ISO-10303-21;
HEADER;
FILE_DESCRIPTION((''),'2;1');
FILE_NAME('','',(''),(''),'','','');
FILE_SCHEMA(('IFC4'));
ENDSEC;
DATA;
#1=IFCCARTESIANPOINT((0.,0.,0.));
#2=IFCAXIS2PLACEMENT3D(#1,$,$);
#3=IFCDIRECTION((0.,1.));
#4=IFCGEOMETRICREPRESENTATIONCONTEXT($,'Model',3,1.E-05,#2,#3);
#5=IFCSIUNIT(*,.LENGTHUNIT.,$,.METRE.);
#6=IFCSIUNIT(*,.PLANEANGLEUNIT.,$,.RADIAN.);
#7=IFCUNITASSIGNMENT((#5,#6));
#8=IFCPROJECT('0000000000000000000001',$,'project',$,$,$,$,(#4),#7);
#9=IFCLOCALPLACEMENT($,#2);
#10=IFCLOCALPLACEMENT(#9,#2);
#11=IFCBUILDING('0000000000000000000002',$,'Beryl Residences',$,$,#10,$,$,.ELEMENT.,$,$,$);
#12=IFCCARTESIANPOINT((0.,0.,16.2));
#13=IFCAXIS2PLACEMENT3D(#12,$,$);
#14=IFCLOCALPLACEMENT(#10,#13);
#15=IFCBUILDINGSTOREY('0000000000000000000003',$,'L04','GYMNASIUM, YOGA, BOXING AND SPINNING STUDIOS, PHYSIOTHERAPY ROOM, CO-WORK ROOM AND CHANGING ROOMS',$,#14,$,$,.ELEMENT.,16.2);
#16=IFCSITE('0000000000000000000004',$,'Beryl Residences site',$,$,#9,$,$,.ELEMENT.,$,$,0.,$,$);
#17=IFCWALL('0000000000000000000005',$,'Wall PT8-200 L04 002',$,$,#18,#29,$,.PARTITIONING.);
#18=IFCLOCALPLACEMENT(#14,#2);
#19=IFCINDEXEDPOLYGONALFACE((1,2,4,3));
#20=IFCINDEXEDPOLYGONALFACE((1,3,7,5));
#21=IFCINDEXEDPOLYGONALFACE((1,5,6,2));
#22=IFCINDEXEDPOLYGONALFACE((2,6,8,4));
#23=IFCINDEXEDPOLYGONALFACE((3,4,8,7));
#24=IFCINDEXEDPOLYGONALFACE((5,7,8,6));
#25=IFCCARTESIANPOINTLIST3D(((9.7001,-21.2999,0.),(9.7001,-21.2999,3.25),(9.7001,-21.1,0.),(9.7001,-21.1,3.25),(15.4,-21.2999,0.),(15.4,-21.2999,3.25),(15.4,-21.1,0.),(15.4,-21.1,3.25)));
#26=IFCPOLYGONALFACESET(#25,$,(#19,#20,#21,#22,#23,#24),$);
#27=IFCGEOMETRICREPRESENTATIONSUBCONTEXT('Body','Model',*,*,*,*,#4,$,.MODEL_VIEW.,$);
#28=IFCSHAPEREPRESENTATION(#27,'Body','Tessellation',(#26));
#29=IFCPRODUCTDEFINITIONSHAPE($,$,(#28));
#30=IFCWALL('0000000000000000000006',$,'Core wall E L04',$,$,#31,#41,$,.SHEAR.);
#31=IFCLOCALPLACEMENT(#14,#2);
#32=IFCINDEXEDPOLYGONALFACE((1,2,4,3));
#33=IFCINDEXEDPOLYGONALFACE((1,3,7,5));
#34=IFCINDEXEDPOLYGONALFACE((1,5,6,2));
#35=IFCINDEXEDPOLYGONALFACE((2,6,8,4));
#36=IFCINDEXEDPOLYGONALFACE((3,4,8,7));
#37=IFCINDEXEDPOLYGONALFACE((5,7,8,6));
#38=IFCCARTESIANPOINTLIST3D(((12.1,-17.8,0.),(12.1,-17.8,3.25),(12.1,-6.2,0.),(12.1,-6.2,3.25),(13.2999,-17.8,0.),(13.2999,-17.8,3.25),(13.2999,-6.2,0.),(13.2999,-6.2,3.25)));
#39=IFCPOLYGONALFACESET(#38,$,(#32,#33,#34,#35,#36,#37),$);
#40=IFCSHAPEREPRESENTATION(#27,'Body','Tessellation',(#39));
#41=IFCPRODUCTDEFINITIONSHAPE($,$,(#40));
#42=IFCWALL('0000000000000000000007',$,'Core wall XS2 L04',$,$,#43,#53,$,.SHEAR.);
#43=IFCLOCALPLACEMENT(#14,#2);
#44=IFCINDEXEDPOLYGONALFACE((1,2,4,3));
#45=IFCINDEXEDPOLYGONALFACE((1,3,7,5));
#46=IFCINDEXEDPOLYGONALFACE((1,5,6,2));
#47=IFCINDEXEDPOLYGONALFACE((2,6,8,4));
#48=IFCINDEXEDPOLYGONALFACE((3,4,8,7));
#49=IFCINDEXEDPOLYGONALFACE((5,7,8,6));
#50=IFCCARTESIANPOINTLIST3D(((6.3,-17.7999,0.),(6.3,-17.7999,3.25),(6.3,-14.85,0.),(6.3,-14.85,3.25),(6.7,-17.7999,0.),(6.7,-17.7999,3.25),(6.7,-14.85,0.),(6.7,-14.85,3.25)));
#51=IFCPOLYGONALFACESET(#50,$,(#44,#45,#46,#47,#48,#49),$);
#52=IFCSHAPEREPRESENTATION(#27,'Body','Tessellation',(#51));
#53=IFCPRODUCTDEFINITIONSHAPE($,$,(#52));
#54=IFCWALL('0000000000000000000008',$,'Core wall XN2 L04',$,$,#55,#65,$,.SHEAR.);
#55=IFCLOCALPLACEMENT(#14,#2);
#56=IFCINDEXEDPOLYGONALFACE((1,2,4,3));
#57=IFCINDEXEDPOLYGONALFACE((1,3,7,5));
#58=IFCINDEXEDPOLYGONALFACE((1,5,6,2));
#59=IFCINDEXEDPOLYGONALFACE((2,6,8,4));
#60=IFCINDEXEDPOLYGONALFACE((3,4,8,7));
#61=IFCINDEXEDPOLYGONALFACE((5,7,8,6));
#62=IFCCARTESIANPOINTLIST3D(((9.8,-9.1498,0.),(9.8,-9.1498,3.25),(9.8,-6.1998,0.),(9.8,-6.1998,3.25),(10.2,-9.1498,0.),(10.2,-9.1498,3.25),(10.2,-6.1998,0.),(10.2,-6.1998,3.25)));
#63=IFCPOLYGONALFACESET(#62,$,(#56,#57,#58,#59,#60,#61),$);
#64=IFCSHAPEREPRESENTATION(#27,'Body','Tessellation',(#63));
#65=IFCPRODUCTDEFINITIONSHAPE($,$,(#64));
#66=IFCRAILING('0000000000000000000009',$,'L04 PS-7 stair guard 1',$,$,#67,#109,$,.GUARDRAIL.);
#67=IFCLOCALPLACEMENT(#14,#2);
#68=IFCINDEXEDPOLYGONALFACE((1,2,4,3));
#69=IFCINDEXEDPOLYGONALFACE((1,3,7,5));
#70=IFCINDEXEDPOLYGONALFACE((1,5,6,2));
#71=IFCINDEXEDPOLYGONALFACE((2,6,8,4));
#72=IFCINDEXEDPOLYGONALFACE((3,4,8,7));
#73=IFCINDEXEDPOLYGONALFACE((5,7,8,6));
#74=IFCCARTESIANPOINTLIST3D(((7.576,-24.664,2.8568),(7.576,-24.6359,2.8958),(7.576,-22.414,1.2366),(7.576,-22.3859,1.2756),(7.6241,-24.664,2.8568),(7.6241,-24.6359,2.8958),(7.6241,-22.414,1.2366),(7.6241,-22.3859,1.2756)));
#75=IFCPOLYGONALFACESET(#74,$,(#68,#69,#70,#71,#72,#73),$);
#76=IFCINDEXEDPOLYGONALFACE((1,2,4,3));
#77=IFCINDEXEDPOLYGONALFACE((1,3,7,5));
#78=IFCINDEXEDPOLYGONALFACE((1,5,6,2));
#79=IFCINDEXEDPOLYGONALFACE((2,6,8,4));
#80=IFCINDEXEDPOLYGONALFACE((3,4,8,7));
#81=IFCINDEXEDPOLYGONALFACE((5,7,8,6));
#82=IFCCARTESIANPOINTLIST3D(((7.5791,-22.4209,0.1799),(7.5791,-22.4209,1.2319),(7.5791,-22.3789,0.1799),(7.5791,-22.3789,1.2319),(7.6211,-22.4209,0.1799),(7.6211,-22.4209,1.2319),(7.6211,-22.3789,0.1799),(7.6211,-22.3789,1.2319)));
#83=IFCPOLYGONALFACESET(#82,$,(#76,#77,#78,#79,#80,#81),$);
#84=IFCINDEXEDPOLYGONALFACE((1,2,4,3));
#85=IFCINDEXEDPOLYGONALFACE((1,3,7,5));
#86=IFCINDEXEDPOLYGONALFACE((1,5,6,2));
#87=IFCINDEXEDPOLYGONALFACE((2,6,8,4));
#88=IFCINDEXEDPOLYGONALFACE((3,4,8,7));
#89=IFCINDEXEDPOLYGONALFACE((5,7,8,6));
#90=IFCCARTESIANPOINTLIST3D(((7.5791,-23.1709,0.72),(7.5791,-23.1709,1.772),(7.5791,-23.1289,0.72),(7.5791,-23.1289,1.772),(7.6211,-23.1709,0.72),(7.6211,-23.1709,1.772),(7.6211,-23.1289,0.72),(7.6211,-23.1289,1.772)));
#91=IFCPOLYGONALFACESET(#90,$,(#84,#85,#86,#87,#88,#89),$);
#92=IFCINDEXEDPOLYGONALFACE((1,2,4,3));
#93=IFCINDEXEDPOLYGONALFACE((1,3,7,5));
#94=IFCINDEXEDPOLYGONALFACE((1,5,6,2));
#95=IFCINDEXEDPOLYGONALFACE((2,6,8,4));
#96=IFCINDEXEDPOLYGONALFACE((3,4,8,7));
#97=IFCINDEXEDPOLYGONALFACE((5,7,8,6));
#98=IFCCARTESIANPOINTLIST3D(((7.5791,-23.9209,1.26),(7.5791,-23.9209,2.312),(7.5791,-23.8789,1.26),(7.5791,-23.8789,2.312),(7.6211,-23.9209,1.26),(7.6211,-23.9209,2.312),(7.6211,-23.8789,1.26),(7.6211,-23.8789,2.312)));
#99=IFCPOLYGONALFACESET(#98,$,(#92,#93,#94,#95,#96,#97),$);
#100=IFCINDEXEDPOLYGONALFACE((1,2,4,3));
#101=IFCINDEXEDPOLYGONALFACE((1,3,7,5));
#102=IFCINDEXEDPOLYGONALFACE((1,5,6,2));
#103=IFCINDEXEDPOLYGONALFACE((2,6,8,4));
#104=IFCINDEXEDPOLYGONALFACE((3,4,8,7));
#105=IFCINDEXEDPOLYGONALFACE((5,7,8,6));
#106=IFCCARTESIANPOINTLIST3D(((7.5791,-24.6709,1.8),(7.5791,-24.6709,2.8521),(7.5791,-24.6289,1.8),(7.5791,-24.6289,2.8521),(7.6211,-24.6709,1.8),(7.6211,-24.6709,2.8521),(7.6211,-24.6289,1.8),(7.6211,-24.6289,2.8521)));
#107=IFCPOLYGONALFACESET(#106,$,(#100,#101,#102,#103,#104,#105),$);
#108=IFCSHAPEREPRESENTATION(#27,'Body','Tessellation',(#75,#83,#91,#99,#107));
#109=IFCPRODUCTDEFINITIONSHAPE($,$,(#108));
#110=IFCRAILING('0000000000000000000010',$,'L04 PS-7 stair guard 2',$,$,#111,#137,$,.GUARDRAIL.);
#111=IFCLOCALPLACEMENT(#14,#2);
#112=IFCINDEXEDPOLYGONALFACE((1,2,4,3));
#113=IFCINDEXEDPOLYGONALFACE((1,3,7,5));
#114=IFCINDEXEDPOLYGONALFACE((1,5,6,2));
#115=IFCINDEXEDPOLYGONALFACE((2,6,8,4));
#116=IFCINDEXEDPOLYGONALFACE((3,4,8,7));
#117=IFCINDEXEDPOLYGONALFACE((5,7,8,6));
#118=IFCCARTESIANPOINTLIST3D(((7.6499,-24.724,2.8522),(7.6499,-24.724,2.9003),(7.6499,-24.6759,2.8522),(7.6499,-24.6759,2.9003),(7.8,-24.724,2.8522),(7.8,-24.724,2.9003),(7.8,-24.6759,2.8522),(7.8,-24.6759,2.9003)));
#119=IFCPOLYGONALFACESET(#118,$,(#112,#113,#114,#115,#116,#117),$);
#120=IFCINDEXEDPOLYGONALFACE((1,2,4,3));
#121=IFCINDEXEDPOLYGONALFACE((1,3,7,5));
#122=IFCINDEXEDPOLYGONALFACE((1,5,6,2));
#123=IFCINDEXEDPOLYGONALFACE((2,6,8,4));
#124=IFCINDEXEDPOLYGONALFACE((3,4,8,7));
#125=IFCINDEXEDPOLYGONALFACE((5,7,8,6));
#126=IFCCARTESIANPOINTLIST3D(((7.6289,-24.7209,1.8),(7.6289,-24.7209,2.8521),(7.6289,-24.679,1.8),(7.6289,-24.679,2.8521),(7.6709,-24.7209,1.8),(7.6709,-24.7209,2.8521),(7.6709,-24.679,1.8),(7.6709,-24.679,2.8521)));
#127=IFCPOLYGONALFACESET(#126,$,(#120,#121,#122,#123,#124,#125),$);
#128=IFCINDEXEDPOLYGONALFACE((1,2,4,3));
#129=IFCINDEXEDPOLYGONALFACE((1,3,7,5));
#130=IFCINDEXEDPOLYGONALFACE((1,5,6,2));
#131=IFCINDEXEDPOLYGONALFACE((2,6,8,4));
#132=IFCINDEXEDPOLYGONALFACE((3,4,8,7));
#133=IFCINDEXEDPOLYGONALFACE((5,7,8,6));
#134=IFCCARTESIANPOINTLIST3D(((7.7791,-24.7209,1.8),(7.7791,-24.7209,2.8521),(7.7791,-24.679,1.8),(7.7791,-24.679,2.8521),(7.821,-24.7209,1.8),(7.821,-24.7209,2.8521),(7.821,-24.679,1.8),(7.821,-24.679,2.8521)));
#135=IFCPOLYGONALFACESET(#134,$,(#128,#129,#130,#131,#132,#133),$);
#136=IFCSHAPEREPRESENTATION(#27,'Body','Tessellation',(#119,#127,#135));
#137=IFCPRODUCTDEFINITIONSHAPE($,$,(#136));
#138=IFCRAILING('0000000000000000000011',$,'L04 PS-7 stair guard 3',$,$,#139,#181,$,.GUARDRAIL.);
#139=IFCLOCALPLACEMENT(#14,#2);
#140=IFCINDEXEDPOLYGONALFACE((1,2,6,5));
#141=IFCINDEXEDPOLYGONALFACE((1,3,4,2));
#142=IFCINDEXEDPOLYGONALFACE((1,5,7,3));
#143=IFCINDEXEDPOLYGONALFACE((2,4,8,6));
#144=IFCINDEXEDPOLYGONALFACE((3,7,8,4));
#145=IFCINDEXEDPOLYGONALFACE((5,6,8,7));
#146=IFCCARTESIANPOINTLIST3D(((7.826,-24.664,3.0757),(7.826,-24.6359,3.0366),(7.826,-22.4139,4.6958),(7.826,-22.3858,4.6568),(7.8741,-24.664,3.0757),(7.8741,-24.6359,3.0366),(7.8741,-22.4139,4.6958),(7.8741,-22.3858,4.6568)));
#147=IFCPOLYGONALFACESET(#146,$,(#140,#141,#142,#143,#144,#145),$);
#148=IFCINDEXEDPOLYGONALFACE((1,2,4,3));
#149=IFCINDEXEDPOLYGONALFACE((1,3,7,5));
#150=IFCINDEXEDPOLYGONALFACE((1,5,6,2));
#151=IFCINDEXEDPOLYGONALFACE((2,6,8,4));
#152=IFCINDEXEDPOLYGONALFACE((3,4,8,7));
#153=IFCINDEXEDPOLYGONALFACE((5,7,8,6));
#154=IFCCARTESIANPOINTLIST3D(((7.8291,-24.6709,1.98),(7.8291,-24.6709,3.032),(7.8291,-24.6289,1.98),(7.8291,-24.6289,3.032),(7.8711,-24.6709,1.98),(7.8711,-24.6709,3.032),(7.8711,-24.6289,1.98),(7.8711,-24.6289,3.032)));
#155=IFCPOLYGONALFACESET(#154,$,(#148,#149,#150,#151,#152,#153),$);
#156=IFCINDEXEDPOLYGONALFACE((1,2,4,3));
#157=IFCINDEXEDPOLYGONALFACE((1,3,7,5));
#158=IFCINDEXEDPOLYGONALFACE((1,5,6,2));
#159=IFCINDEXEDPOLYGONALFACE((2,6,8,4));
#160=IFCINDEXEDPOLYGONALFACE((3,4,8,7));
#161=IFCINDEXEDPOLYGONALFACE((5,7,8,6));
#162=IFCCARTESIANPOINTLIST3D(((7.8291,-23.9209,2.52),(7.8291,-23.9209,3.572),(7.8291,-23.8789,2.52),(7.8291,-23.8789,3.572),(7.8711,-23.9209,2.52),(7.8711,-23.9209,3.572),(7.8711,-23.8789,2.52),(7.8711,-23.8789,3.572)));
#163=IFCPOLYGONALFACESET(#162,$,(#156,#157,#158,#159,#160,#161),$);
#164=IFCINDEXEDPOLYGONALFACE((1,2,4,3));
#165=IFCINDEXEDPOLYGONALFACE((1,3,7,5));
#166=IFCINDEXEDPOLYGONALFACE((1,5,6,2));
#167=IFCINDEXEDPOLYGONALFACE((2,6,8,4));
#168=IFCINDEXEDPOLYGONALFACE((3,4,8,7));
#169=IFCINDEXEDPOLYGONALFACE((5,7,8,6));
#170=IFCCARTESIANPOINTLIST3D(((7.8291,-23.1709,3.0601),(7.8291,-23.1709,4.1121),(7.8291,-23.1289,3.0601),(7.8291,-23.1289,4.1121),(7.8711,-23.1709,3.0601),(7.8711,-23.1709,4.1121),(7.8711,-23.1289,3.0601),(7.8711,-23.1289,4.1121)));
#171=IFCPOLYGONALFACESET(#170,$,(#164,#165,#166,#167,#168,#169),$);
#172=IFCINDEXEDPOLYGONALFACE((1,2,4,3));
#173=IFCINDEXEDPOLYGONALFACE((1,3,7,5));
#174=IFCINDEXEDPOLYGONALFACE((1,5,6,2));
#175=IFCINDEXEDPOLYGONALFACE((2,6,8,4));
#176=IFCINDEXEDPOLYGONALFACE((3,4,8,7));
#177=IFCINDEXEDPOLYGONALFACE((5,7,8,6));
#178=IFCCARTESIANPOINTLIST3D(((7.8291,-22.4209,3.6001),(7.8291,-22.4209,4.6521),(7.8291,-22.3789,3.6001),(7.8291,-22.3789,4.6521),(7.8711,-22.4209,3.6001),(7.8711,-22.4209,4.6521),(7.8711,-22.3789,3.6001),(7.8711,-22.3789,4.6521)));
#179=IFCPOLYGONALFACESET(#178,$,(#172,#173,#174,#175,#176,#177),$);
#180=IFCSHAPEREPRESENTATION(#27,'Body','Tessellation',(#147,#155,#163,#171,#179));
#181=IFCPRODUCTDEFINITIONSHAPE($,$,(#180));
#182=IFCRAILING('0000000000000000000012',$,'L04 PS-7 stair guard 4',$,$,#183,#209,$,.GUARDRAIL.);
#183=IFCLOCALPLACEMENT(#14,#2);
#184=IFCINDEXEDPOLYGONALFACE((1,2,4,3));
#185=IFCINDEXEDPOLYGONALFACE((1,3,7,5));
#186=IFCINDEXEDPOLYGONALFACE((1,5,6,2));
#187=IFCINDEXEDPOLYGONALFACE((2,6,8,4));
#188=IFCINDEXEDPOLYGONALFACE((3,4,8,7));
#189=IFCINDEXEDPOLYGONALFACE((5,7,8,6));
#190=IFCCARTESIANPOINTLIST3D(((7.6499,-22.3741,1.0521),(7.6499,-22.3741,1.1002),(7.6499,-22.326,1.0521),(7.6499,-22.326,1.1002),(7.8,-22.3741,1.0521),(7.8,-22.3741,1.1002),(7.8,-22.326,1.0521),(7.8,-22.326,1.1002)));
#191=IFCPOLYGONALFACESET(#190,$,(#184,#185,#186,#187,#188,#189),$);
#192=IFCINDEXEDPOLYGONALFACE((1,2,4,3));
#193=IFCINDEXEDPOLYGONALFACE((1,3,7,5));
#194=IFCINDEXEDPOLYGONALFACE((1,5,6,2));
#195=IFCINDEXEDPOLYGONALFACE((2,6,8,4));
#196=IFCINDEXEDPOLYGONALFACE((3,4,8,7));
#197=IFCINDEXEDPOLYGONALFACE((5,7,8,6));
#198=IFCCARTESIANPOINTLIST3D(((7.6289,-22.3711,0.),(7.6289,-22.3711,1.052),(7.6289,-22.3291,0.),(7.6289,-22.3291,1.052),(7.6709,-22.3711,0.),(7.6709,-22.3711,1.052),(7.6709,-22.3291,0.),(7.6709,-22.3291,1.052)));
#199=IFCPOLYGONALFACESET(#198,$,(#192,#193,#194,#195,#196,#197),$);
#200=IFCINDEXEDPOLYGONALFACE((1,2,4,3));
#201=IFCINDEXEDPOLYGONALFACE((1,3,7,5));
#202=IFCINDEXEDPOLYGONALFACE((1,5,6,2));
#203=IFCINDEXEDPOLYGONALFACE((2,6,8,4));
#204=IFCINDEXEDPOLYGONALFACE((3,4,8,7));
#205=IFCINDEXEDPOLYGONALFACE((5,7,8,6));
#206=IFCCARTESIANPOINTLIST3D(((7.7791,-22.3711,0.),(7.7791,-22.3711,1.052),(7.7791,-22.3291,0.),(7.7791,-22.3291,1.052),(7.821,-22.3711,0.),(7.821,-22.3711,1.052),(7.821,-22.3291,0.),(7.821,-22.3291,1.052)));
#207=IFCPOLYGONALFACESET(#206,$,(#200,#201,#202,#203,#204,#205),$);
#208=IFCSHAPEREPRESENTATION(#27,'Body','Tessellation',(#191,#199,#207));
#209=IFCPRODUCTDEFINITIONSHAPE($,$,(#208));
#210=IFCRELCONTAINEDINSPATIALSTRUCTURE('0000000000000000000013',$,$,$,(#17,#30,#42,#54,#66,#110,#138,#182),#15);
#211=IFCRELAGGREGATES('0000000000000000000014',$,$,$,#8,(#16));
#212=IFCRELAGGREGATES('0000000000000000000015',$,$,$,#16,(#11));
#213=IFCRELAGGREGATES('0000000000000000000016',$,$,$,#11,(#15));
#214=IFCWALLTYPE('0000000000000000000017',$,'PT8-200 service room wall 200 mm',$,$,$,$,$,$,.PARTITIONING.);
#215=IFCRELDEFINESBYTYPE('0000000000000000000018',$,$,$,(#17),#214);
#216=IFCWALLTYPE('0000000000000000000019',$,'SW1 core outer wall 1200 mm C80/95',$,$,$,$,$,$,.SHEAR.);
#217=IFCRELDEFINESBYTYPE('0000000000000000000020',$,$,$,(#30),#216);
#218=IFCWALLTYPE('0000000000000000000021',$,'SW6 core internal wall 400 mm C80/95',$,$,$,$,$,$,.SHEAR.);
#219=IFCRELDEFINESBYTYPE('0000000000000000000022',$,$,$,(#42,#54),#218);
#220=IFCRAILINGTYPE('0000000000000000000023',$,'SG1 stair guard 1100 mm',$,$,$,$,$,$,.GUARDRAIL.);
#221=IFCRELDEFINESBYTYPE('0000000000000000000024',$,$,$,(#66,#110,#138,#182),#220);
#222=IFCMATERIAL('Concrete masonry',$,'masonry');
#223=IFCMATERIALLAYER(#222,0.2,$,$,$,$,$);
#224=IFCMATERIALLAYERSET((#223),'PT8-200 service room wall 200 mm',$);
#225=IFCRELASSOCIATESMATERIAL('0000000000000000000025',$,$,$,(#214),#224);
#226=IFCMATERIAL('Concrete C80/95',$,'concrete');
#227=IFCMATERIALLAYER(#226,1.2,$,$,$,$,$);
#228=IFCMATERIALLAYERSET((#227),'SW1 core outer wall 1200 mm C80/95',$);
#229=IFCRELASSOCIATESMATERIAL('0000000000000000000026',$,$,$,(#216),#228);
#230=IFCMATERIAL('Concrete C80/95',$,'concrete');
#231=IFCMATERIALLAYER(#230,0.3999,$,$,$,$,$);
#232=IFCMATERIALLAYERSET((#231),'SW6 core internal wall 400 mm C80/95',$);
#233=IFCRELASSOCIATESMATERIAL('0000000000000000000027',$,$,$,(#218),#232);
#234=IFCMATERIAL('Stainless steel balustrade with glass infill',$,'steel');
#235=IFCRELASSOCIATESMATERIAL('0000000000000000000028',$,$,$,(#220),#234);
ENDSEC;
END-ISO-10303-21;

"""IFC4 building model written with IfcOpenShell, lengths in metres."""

from ifc_helpers import new_model, si_unit, direction, frame, frame_2d, origin, origin_2d, place, context, subcontext, project, spatial, rectangle, extrude, material, layer, layer_set, type_object, element, save


model = new_model("IFC4")

# Units and contexts
model_context = context("Model", 3, precision=1e-05, world=origin(), true_north=direction((0.0, 1.0)))
body_context = subcontext(model_context, "Body", "Model", "MODEL_VIEW")
ifc_project = project(units=[si_unit("LENGTHUNIT", "METRE"), si_unit("PLANEANGLEUNIT", "RADIAN")], contexts=[model_context])

# Site, building, storey
site_placement = place(None, origin())
site = spatial("IfcSite", under=ifc_project, at=site_placement, Name="Beryl Residences site", CompositionType="ELEMENT", RefElevation=0.0)
building_placement = place(site_placement, origin())
building = spatial("IfcBuilding", under=site, at=building_placement, Name="Beryl Residences", CompositionType="ELEMENT")
storey_placement = place(building_placement, frame((0.0, 0.0, 16.2)))
storey = spatial("IfcBuildingStorey", under=building, at=storey_placement, Name="L04", Description="GYMNASIUM, YOGA, BOXING AND SPINNING STUDIOS, PHYSIOTHERAPY ROOM, CO-WORK ROOM AND CHANGING ROOMS", CompositionType="ELEMENT", Elevation=16.2)

# Walls
ifc_material_1 = material(Name="Concrete masonry", Category="masonry")
ifc_layer_1 = layer(ifc_material_1, 0.2)
ifc_layer_set_1 = layer_set([ifc_layer_1], Name="PT8-200 service room wall 200 mm")
wall_type_1 = type_object("IfcWallType", Name="PT8-200 service room wall 200 mm", PredefinedType="PARTITIONING", material=ifc_layer_set_1)
wall_1_placement = place(storey_placement, frame((9.7, -21.2, 0.0), z_axis=(0.0, 0.0, 1.0), x_axis=(1.0, 0.0, 0.0)))
element("IfcWall", 1, at=wall_1_placement, inside=storey, type_object=wall_type_1, Name="Wall PT8-200 L04 002", PredefinedType="PARTITIONING", context=body_context, shape_type="SweptSolid", body=[
    extrude(rectangle(XDim=5.7, YDim=0.2, at=frame_2d((2.8501, 0.0))), origin(), (0.0, 0.0, 1.0), 3.25),
])
ifc_material_2 = material(Name="Concrete C80/95", Category="concrete")
ifc_layer_2 = layer(ifc_material_2, 1.2)
ifc_layer_set_2 = layer_set([ifc_layer_2], Name="SW1 core outer wall 1200 mm C80/95")
wall_type_2 = type_object("IfcWallType", Name="SW1 core outer wall 1200 mm C80/95", PredefinedType="SHEAR", material=ifc_layer_set_2)
wall_2_placement = place(storey_placement, frame((12.7, -17.8, 0.0), z_axis=(0.0, 0.0, 1.0), x_axis=(0.0, 1.0, 0.0)))
element("IfcWall", 2, at=wall_2_placement, inside=storey, type_object=wall_type_2, Name="Core wall E L04", PredefinedType="SHEAR", context=body_context, shape_type="SweptSolid", body=[
    extrude(rectangle(XDim=11.6001, YDim=1.2, at=frame_2d((5.8, 0.0))), origin(), (0.0, 0.0, 1.0), 3.25),
])
ifc_material_3 = material(Name="Concrete C80/95", Category="concrete")
ifc_layer_3 = layer(ifc_material_3, 0.3999)
ifc_layer_set_3 = layer_set([ifc_layer_3], Name="SW6 core internal wall 400 mm C80/95")
wall_type_3 = type_object("IfcWallType", Name="SW6 core internal wall 400 mm C80/95", PredefinedType="SHEAR", material=ifc_layer_set_3)
for number, where, z_axis, x_axis, name in (
    (3, (6.5, -17.8, 0.0), (0.0, 0.0, 1.0), (0.0, 1.0, 0.0), "Core wall XS2 L04"),
    (4, (10.0, -9.1499, 0.0), (0.0, 0.0, 1.0), (0.0, 1.0, 0.0), "Core wall XN2 L04"),
):
    element("IfcWall", number, at=place(storey_placement, frame(where, z_axis=z_axis, x_axis=x_axis)), inside=storey, type_object=wall_type_3, Name=name, PredefinedType="SHEAR", context=body_context, shape_type="SweptSolid", body=[
        extrude(rectangle(XDim=2.95, YDim=0.3999, at=frame_2d((1.4751, 0.0))), origin(), (0.0, 0.0, 1.0), 3.25),
    ])

# Railings
ifc_material_4 = material(Name="Stainless steel balustrade with glass infill", Category="steel")
railing_type_1 = type_object("IfcRailingType", Name="SG1 stair guard 1100 mm", PredefinedType="GUARDRAIL", material=ifc_material_4)
railing_1_placement = place(storey_placement, frame((7.6001, -22.3999, 0.1799)))
element("IfcRailing", 5, at=railing_1_placement, inside=storey, type_object=railing_type_1, Name="L04 PS-7 stair guard 1", PredefinedType="GUARDRAIL", context=body_context, shape_type="SweptSolid", body=[
    extrude(rectangle(XDim=0.0481, YDim=0.0481, at=origin_2d()), frame((0.0, 0.0, 1.0762), z_axis=(0.0, -0.811514, 0.584333), x_axis=(1.0, 0.0, 0.0)), (0.0, 0.0, 1.0), 2.7727),
    extrude(rectangle(XDim=0.042, YDim=0.042, at=origin_2d()), origin(), (0.0, 0.0, 1.0), 1.052),
    extrude(rectangle(XDim=0.042, YDim=0.042, at=origin_2d()), frame((0.0, -0.75, 0.54)), (0.0, 0.0, 1.0), 1.052),
    extrude(rectangle(XDim=0.042, YDim=0.042, at=origin_2d()), frame((0.0, -1.5, 1.0801)), (0.0, 0.0, 1.0), 1.052),
    extrude(rectangle(XDim=0.042, YDim=0.042, at=origin_2d()), frame((0.0, -2.25, 1.6201)), (0.0, 0.0, 1.0), 1.052),
])
railing_2_placement = place(storey_placement, frame((7.6499, -24.7, 1.8)))
element("IfcRailing", 6, at=railing_2_placement, inside=storey, type_object=railing_type_1, Name="L04 PS-7 stair guard 2", PredefinedType="GUARDRAIL", context=body_context, shape_type="SweptSolid", body=[
    extrude(rectangle(XDim=0.0481, YDim=0.0481, at=origin_2d()), frame((0.0, 0.0, 1.0762), z_axis=(1.0, 0.0, 0.0), x_axis=(0.0, 1.0, 0.0)), (0.0, 0.0, 1.0), 0.1501),
    extrude(rectangle(XDim=0.042, YDim=0.042, at=origin_2d()), origin(), (0.0, 0.0, 1.0), 1.052),
    extrude(rectangle(XDim=0.042, YDim=0.042, at=origin_2d()), frame((0.1501, 0.0, 0.0)), (0.0, 0.0, 1.0), 1.052),
])
railing_3_placement = place(storey_placement, frame((7.8501, -24.6499, 1.98)))
element("IfcRailing", 7, at=railing_3_placement, inside=storey, type_object=railing_type_1, Name="L04 PS-7 stair guard 3", PredefinedType="GUARDRAIL", context=body_context, shape_type="SweptSolid", body=[
    extrude(rectangle(XDim=0.0481, YDim=0.0481, at=origin_2d()), frame((0.0, 0.0, 1.0762), z_axis=(0.0, 0.811514, 0.584333), x_axis=(-1.0, 0.0, 0.0)), (0.0, 0.0, 1.0), 2.7727),
    extrude(rectangle(XDim=0.042, YDim=0.042, at=origin_2d()), origin(), (0.0, 0.0, 1.0), 1.052),
    extrude(rectangle(XDim=0.042, YDim=0.042, at=origin_2d()), frame((0.0, 0.75, 0.54)), (0.0, 0.0, 1.0), 1.052),
    extrude(rectangle(XDim=0.042, YDim=0.042, at=origin_2d()), frame((0.0, 1.5, 1.0801)), (0.0, 0.0, 1.0), 1.052),
    extrude(rectangle(XDim=0.042, YDim=0.042, at=origin_2d()), frame((0.0, 2.25, 1.6201)), (0.0, 0.0, 1.0), 1.052),
])
railing_4_placement = place(storey_placement, frame((7.6499, -22.3501, 0.0)))
element("IfcRailing", 8, at=railing_4_placement, inside=storey, type_object=railing_type_1, Name="L04 PS-7 stair guard 4", PredefinedType="GUARDRAIL", context=body_context, shape_type="SweptSolid", body=[
    extrude(rectangle(XDim=0.0481, YDim=0.0481, at=origin_2d()), frame((0.0, 0.0, 1.0762), z_axis=(1.0, 0.0, 0.0), x_axis=(0.0, 1.0, 0.0)), (0.0, 0.0, 1.0), 0.1501),
    extrude(rectangle(XDim=0.042, YDim=0.042, at=origin_2d()), origin(), (0.0, 0.0, 1.0), 1.052),
    extrude(rectangle(XDim=0.042, YDim=0.042, at=origin_2d()), frame((0.1501, 0.0, 0.0)), (0.0, 0.0, 1.0), 1.052),
])

save(model, "model.ifc")
